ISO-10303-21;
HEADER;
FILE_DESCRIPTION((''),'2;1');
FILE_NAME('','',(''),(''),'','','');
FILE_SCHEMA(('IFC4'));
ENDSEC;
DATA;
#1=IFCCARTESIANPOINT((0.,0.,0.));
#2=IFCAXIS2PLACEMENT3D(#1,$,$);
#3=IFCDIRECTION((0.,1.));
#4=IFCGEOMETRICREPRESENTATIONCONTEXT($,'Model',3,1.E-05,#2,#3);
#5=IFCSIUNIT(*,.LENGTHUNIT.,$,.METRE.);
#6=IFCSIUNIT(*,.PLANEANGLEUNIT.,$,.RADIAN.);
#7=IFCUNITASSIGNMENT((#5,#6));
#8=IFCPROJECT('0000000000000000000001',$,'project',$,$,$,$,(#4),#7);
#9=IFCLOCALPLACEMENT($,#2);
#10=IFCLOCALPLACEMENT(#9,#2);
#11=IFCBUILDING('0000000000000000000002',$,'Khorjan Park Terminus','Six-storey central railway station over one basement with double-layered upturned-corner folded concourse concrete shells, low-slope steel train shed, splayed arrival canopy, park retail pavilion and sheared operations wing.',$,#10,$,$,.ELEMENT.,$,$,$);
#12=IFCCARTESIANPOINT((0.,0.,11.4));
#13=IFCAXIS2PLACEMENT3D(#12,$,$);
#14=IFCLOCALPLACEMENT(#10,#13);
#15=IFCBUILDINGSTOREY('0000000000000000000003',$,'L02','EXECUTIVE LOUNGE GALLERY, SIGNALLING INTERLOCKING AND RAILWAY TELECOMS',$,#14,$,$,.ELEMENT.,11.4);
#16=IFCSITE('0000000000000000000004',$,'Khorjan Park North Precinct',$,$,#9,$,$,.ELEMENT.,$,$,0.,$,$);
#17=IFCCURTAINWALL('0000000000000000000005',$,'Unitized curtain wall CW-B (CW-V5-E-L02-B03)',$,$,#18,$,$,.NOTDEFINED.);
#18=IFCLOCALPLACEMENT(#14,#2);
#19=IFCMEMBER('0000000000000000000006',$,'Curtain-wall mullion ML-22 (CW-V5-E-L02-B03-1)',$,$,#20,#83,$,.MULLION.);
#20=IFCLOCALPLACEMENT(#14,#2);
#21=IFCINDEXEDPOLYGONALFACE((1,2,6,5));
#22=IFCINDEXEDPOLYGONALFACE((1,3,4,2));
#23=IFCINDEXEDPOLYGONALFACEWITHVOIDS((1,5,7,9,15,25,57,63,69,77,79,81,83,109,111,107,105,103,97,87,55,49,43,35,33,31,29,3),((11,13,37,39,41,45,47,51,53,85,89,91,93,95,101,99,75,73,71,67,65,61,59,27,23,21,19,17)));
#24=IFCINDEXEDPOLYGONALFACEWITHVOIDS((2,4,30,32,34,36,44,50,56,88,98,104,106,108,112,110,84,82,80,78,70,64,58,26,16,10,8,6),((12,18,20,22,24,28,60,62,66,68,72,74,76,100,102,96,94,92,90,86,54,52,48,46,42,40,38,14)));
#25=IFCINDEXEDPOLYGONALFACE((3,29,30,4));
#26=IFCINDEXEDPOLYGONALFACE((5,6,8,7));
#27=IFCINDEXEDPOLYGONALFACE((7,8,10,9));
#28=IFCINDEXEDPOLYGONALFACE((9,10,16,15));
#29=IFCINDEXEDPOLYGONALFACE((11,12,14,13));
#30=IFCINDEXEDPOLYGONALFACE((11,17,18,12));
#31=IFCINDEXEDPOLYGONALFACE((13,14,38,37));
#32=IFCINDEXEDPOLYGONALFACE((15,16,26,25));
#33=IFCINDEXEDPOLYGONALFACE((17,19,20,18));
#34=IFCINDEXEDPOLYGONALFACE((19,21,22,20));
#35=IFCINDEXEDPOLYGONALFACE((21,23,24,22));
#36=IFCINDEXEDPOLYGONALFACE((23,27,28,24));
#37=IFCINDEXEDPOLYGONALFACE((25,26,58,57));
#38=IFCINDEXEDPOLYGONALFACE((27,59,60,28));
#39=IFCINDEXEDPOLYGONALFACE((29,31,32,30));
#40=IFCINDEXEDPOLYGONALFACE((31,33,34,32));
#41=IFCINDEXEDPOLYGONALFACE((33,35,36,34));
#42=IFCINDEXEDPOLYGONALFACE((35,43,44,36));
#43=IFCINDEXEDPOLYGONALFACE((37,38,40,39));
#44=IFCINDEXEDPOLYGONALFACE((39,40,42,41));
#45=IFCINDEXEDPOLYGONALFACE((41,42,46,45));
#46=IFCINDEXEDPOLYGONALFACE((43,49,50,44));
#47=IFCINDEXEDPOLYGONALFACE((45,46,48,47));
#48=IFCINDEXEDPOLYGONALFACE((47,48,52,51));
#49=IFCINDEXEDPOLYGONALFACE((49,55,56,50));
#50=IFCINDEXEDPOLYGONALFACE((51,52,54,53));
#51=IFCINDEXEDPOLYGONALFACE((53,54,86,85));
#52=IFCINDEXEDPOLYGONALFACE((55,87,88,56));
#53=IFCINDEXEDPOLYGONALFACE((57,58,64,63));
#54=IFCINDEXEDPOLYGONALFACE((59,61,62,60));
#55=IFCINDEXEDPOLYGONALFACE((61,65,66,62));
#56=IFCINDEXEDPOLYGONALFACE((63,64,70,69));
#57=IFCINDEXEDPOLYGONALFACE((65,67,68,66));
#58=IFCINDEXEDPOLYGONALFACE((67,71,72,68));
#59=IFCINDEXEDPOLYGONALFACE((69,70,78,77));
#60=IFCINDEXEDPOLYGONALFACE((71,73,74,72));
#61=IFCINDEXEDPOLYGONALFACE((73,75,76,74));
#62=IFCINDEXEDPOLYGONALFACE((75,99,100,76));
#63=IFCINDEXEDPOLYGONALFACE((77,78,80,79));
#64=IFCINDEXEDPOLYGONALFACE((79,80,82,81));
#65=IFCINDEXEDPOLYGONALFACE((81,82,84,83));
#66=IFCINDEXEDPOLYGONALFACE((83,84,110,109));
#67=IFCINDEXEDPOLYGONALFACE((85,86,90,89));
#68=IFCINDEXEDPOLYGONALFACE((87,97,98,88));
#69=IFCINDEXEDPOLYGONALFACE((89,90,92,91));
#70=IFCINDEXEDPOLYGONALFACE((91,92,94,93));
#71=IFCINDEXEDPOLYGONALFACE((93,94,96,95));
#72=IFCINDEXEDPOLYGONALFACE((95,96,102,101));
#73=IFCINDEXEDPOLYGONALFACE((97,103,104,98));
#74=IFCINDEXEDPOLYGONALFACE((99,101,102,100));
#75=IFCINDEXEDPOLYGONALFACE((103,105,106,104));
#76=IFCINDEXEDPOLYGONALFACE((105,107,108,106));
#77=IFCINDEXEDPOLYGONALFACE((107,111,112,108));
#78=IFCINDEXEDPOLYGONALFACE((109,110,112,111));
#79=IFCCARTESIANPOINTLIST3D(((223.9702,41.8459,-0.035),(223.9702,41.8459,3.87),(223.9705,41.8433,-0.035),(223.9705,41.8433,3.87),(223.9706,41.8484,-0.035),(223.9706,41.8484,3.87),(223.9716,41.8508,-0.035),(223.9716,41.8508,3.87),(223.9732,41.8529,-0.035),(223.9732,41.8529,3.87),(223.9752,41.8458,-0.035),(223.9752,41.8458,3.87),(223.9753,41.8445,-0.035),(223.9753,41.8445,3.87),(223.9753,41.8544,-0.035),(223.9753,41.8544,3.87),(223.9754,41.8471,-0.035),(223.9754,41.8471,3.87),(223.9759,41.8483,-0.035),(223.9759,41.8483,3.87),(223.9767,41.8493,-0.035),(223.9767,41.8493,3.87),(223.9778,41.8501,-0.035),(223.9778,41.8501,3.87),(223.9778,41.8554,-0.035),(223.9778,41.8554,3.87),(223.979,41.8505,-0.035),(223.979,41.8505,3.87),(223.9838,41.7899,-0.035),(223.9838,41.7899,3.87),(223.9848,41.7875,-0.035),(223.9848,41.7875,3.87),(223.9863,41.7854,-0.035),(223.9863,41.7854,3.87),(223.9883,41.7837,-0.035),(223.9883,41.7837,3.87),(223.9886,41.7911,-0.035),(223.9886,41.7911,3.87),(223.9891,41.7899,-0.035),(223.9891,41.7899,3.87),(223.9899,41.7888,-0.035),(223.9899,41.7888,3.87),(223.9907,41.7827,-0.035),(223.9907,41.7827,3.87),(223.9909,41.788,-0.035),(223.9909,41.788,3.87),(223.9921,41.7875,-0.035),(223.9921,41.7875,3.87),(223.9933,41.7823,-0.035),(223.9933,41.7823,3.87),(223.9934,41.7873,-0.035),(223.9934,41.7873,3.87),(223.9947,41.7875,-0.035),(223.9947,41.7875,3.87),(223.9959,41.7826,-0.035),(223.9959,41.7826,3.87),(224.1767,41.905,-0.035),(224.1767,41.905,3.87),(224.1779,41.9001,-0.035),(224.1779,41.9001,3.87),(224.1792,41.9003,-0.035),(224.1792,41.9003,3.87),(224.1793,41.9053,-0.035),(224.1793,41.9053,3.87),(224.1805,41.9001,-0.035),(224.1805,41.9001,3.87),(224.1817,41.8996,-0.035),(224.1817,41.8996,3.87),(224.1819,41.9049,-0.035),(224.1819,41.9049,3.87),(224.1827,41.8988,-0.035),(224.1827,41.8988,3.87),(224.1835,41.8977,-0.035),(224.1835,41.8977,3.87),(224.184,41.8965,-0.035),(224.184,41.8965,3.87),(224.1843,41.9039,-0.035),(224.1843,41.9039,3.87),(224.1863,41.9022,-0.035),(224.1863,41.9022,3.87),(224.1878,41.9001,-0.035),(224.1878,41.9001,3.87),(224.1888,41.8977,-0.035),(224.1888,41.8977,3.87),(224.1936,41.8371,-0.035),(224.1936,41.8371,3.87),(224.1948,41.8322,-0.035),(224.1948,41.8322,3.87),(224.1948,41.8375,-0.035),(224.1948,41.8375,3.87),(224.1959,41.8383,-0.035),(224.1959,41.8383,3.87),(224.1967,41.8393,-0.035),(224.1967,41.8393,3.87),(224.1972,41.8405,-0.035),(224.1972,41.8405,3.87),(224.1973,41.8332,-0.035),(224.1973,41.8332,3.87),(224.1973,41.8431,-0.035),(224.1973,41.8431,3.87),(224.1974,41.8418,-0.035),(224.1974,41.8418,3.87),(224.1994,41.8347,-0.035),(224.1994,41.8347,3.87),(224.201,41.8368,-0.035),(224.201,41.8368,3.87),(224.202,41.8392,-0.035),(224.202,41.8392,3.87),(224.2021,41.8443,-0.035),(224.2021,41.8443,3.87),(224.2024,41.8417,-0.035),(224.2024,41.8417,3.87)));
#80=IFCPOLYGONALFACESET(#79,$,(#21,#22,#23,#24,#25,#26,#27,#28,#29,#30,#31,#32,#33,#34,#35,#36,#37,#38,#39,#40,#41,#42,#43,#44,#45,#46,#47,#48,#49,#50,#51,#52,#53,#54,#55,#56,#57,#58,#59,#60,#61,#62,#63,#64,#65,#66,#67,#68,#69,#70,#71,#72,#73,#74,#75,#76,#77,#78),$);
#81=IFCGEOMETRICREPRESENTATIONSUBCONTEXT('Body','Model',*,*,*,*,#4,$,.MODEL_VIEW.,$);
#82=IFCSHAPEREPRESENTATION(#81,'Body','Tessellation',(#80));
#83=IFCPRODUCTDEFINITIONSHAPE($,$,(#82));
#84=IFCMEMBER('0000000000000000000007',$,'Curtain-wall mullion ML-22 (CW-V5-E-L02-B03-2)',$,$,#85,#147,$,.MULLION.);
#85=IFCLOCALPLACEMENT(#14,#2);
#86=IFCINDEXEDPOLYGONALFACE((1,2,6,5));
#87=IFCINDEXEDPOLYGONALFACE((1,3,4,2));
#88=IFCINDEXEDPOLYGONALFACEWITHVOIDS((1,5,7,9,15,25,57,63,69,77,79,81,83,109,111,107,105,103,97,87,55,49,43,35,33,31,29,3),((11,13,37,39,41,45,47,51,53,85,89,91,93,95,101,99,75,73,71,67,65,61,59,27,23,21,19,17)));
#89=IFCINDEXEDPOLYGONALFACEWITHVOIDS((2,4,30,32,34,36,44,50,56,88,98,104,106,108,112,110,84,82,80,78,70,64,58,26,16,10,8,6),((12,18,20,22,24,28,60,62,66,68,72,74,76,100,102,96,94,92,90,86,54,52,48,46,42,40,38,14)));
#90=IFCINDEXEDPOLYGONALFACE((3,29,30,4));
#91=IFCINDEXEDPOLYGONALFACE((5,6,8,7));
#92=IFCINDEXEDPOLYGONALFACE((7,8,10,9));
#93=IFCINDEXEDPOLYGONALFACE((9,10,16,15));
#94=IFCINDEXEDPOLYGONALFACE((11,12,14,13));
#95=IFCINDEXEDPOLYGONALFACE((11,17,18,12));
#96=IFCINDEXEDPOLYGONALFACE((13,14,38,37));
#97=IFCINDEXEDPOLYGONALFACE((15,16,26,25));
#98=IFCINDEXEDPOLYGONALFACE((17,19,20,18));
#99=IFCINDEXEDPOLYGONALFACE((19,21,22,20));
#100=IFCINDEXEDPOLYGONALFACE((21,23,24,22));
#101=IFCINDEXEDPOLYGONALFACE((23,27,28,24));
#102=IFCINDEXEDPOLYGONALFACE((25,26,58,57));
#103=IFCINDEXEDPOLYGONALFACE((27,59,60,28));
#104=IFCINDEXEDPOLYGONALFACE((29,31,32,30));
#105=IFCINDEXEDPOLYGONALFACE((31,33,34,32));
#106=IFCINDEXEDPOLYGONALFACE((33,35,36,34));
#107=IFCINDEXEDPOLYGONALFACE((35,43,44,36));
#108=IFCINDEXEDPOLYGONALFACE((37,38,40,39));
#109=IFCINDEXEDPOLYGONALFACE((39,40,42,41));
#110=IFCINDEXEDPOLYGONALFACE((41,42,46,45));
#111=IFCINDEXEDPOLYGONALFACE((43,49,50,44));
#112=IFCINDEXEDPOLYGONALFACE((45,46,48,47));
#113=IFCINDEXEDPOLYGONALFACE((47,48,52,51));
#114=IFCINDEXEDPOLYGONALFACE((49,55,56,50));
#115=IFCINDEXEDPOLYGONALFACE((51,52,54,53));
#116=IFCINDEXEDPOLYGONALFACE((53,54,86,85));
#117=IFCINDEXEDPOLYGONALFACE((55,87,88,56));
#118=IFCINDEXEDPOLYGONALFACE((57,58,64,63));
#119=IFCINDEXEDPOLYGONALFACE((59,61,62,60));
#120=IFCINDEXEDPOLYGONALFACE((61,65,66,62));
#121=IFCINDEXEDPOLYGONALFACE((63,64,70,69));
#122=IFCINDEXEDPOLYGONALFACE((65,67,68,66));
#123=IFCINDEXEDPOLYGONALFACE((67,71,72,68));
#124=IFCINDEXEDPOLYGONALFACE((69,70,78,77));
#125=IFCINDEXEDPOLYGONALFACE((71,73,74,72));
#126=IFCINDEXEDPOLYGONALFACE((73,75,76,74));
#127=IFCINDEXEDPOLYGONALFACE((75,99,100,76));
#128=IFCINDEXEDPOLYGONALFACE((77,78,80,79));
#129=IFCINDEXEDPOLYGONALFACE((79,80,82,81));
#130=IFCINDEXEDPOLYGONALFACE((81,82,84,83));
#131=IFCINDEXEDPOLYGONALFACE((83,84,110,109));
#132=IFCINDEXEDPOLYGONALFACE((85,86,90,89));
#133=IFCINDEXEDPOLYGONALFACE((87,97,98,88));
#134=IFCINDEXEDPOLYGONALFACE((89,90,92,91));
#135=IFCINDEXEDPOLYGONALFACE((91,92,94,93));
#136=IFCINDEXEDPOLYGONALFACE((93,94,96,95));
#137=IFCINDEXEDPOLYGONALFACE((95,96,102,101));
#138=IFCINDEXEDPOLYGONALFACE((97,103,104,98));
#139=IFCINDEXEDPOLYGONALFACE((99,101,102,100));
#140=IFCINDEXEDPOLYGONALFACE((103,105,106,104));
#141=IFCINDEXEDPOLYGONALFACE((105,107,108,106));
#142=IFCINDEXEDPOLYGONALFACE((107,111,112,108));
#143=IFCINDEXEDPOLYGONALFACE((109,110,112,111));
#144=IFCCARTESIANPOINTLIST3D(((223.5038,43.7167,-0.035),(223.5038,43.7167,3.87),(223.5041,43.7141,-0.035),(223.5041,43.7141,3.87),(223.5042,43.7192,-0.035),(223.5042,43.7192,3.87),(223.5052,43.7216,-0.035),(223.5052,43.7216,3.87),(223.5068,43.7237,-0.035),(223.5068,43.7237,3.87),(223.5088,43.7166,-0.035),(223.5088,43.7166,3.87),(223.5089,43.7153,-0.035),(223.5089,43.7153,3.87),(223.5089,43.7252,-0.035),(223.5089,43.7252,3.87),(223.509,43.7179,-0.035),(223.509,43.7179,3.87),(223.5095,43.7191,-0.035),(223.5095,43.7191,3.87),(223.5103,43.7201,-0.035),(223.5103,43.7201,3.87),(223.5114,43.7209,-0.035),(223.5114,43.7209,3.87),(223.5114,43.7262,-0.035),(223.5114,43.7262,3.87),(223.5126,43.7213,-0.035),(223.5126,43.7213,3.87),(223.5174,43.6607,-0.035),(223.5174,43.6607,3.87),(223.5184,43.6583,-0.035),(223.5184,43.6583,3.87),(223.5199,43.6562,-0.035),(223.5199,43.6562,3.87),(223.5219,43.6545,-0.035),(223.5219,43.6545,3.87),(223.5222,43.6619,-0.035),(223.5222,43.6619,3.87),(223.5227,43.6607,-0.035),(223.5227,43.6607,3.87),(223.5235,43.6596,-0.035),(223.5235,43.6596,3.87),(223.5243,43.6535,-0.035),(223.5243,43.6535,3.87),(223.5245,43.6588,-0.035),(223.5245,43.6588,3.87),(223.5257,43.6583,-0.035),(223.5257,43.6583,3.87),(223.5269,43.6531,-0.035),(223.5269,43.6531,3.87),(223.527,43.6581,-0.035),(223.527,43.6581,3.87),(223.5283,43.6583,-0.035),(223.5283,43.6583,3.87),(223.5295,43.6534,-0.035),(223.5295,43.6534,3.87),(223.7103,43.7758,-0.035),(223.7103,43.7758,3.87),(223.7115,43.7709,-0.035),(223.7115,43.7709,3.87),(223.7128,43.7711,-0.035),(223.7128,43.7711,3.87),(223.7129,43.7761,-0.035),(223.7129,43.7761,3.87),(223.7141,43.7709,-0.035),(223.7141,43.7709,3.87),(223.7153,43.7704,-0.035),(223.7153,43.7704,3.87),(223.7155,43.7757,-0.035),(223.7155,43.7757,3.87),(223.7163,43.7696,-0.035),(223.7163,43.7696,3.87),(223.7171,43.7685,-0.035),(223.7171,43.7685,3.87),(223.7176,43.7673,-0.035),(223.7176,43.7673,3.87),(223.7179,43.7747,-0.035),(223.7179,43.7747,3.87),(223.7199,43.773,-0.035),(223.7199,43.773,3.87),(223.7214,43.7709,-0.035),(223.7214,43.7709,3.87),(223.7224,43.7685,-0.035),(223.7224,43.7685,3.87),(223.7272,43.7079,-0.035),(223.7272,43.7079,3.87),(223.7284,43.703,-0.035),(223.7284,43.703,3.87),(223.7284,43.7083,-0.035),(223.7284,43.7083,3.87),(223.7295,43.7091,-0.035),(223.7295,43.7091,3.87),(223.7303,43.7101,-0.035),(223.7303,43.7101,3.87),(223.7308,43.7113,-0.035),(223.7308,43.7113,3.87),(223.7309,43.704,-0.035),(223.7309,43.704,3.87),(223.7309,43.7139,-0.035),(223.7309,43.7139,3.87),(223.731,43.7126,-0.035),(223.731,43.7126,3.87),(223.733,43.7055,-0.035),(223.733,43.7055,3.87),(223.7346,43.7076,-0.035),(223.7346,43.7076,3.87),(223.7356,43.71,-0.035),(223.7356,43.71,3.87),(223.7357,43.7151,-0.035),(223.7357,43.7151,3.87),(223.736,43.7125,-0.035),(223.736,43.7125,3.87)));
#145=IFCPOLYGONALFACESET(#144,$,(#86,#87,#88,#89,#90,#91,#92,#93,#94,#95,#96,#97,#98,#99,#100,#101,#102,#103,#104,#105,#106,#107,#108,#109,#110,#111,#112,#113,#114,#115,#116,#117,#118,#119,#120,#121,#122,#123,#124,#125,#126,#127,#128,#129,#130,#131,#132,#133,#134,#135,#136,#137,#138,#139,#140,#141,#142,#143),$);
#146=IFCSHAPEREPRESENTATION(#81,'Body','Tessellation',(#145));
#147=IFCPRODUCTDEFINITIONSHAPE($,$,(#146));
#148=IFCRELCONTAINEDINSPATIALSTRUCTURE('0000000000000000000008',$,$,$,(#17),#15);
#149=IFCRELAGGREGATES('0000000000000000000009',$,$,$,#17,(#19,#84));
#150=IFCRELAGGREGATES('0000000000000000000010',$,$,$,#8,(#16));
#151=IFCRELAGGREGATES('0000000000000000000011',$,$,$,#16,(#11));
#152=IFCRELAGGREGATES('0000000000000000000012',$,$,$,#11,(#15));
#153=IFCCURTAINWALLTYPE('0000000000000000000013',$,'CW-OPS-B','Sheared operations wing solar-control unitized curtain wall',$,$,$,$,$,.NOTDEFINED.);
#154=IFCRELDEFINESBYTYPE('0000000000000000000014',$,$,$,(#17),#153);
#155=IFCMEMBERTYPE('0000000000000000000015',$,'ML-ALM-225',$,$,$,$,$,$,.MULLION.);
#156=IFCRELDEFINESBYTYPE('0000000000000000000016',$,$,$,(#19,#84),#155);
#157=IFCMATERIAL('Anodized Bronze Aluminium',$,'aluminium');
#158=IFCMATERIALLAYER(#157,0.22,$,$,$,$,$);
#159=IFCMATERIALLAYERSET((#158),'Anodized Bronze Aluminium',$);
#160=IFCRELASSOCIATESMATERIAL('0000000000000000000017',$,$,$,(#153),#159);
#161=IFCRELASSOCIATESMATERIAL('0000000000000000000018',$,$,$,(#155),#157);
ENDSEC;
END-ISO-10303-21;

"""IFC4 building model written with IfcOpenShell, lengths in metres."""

from ifc_helpers import new_model, si_unit, direction, frame, origin, origin_2d, place, context, subcontext, project, spatial, hollow_rectangle, extrude, material, layer, layer_set, material_profile, profile_set, type_object, element, aggregate, save


model = new_model("IFC4")

# Units and contexts
model_context = context("Model", 3, precision=1e-05, world=origin(), true_north=direction((0.0, 1.0)))
body_context = subcontext(model_context, "Body", "Model", "MODEL_VIEW")
ifc_project = project(units=[si_unit("LENGTHUNIT", "METRE"), si_unit("PLANEANGLEUNIT", "RADIAN")], contexts=[model_context])

# Site, building, storey
site_placement = place(None, origin())
site = spatial("IfcSite", under=ifc_project, at=site_placement, Name="Khorjan Park North Precinct", CompositionType="ELEMENT", RefElevation=0.0)
building_placement = place(site_placement, origin())
building = spatial("IfcBuilding", under=site, at=building_placement, Name="Khorjan Park Terminus", Description="Six-storey central railway station over one basement with double-layered upturned-corner folded concourse concrete shells, low-slope steel train shed, splayed arrival canopy, park retail pavilion and sheared operations wing.", CompositionType="ELEMENT")
storey_placement = place(building_placement, frame((0.0, 0.0, 11.4)))
storey = spatial("IfcBuildingStorey", under=building, at=storey_placement, Name="L02", Description="EXECUTIVE LOUNGE GALLERY, SIGNALLING INTERLOCKING AND RAILWAY TELECOMS", CompositionType="ELEMENT", Elevation=11.4)

# Curtain wall, members
ifc_material_1 = material(Name="Anodized Bronze Aluminium", Category="aluminium")
ifc_layer_1 = layer(ifc_material_1, 0.22)
ifc_layer_set_1 = layer_set([ifc_layer_1], Name="Anodized Bronze Aluminium")
curtain_wall_type = type_object("IfcCurtainWallType", Name="CW-OPS-B", Description="Sheared operations wing solar-control unitized curtain wall", PredefinedType="NOTDEFINED", material=ifc_layer_set_1)
curtain_wall_placement = place(storey_placement, origin())
curtain_wall = element("IfcCurtainWall", 1, at=curtain_wall_placement, inside=storey, type_object=curtain_wall_type, Name="Unitized curtain wall CW-B (CW-V5-E-L02-B03)", PredefinedType="NOTDEFINED")
ifc_material_profile_1 = material_profile(ifc_material_1, hollow_rectangle(XDim=0.075, YDim=0.225, WallThickness=0.005, InnerFilletRadius=0.005, OuterFilletRadius=0.01, at=origin_2d()), Name="ALM 75x225x5")
ifc_profile_set_1 = profile_set([ifc_material_profile_1], Name="Anodized Bronze Aluminium")
member_type_1 = type_object("IfcMemberType", Name="ML-ALM-225", PredefinedType="MULLION", material=ifc_profile_set_1)
member_1_placement = place(storey_placement, frame((224.0863, 41.8438, -0.035), z_axis=(0.0, 0.0, 1.0), x_axis=(-0.241923, 0.970295, 0.0)))
member_1 = element("IfcMember", 2, at=member_1_placement, type_object=member_type_1, Name="Curtain-wall mullion ML-22 (CW-V5-E-L02-B03-1)", PredefinedType="MULLION", context=body_context, shape_type="SweptSolid", body=[
    extrude(hollow_rectangle(XDim=0.075, YDim=0.225, WallThickness=0.005, InnerFilletRadius=0.005, OuterFilletRadius=0.01, at=origin_2d()), origin(), (0.0, 0.0, 1.0), 3.905),
])
member_2_placement = place(storey_placement, frame((223.6199, 43.7146, -0.035), z_axis=(0.0, 0.0, 1.0), x_axis=(-0.241923, 0.970295, 0.0)))
member_2 = element("IfcMember", 3, at=member_2_placement, type_object=member_type_1, Name="Curtain-wall mullion ML-22 (CW-V5-E-L02-B03-2)", PredefinedType="MULLION", context=body_context, shape_type="SweptSolid", body=[
    extrude(hollow_rectangle(XDim=0.075, YDim=0.225, WallThickness=0.005, InnerFilletRadius=0.005, OuterFilletRadius=0.01, at=origin_2d()), origin(), (0.0, 0.0, 1.0), 3.905),
])
aggregate(curtain_wall, [member_1, member_2])

save(model, "model.ifc")
